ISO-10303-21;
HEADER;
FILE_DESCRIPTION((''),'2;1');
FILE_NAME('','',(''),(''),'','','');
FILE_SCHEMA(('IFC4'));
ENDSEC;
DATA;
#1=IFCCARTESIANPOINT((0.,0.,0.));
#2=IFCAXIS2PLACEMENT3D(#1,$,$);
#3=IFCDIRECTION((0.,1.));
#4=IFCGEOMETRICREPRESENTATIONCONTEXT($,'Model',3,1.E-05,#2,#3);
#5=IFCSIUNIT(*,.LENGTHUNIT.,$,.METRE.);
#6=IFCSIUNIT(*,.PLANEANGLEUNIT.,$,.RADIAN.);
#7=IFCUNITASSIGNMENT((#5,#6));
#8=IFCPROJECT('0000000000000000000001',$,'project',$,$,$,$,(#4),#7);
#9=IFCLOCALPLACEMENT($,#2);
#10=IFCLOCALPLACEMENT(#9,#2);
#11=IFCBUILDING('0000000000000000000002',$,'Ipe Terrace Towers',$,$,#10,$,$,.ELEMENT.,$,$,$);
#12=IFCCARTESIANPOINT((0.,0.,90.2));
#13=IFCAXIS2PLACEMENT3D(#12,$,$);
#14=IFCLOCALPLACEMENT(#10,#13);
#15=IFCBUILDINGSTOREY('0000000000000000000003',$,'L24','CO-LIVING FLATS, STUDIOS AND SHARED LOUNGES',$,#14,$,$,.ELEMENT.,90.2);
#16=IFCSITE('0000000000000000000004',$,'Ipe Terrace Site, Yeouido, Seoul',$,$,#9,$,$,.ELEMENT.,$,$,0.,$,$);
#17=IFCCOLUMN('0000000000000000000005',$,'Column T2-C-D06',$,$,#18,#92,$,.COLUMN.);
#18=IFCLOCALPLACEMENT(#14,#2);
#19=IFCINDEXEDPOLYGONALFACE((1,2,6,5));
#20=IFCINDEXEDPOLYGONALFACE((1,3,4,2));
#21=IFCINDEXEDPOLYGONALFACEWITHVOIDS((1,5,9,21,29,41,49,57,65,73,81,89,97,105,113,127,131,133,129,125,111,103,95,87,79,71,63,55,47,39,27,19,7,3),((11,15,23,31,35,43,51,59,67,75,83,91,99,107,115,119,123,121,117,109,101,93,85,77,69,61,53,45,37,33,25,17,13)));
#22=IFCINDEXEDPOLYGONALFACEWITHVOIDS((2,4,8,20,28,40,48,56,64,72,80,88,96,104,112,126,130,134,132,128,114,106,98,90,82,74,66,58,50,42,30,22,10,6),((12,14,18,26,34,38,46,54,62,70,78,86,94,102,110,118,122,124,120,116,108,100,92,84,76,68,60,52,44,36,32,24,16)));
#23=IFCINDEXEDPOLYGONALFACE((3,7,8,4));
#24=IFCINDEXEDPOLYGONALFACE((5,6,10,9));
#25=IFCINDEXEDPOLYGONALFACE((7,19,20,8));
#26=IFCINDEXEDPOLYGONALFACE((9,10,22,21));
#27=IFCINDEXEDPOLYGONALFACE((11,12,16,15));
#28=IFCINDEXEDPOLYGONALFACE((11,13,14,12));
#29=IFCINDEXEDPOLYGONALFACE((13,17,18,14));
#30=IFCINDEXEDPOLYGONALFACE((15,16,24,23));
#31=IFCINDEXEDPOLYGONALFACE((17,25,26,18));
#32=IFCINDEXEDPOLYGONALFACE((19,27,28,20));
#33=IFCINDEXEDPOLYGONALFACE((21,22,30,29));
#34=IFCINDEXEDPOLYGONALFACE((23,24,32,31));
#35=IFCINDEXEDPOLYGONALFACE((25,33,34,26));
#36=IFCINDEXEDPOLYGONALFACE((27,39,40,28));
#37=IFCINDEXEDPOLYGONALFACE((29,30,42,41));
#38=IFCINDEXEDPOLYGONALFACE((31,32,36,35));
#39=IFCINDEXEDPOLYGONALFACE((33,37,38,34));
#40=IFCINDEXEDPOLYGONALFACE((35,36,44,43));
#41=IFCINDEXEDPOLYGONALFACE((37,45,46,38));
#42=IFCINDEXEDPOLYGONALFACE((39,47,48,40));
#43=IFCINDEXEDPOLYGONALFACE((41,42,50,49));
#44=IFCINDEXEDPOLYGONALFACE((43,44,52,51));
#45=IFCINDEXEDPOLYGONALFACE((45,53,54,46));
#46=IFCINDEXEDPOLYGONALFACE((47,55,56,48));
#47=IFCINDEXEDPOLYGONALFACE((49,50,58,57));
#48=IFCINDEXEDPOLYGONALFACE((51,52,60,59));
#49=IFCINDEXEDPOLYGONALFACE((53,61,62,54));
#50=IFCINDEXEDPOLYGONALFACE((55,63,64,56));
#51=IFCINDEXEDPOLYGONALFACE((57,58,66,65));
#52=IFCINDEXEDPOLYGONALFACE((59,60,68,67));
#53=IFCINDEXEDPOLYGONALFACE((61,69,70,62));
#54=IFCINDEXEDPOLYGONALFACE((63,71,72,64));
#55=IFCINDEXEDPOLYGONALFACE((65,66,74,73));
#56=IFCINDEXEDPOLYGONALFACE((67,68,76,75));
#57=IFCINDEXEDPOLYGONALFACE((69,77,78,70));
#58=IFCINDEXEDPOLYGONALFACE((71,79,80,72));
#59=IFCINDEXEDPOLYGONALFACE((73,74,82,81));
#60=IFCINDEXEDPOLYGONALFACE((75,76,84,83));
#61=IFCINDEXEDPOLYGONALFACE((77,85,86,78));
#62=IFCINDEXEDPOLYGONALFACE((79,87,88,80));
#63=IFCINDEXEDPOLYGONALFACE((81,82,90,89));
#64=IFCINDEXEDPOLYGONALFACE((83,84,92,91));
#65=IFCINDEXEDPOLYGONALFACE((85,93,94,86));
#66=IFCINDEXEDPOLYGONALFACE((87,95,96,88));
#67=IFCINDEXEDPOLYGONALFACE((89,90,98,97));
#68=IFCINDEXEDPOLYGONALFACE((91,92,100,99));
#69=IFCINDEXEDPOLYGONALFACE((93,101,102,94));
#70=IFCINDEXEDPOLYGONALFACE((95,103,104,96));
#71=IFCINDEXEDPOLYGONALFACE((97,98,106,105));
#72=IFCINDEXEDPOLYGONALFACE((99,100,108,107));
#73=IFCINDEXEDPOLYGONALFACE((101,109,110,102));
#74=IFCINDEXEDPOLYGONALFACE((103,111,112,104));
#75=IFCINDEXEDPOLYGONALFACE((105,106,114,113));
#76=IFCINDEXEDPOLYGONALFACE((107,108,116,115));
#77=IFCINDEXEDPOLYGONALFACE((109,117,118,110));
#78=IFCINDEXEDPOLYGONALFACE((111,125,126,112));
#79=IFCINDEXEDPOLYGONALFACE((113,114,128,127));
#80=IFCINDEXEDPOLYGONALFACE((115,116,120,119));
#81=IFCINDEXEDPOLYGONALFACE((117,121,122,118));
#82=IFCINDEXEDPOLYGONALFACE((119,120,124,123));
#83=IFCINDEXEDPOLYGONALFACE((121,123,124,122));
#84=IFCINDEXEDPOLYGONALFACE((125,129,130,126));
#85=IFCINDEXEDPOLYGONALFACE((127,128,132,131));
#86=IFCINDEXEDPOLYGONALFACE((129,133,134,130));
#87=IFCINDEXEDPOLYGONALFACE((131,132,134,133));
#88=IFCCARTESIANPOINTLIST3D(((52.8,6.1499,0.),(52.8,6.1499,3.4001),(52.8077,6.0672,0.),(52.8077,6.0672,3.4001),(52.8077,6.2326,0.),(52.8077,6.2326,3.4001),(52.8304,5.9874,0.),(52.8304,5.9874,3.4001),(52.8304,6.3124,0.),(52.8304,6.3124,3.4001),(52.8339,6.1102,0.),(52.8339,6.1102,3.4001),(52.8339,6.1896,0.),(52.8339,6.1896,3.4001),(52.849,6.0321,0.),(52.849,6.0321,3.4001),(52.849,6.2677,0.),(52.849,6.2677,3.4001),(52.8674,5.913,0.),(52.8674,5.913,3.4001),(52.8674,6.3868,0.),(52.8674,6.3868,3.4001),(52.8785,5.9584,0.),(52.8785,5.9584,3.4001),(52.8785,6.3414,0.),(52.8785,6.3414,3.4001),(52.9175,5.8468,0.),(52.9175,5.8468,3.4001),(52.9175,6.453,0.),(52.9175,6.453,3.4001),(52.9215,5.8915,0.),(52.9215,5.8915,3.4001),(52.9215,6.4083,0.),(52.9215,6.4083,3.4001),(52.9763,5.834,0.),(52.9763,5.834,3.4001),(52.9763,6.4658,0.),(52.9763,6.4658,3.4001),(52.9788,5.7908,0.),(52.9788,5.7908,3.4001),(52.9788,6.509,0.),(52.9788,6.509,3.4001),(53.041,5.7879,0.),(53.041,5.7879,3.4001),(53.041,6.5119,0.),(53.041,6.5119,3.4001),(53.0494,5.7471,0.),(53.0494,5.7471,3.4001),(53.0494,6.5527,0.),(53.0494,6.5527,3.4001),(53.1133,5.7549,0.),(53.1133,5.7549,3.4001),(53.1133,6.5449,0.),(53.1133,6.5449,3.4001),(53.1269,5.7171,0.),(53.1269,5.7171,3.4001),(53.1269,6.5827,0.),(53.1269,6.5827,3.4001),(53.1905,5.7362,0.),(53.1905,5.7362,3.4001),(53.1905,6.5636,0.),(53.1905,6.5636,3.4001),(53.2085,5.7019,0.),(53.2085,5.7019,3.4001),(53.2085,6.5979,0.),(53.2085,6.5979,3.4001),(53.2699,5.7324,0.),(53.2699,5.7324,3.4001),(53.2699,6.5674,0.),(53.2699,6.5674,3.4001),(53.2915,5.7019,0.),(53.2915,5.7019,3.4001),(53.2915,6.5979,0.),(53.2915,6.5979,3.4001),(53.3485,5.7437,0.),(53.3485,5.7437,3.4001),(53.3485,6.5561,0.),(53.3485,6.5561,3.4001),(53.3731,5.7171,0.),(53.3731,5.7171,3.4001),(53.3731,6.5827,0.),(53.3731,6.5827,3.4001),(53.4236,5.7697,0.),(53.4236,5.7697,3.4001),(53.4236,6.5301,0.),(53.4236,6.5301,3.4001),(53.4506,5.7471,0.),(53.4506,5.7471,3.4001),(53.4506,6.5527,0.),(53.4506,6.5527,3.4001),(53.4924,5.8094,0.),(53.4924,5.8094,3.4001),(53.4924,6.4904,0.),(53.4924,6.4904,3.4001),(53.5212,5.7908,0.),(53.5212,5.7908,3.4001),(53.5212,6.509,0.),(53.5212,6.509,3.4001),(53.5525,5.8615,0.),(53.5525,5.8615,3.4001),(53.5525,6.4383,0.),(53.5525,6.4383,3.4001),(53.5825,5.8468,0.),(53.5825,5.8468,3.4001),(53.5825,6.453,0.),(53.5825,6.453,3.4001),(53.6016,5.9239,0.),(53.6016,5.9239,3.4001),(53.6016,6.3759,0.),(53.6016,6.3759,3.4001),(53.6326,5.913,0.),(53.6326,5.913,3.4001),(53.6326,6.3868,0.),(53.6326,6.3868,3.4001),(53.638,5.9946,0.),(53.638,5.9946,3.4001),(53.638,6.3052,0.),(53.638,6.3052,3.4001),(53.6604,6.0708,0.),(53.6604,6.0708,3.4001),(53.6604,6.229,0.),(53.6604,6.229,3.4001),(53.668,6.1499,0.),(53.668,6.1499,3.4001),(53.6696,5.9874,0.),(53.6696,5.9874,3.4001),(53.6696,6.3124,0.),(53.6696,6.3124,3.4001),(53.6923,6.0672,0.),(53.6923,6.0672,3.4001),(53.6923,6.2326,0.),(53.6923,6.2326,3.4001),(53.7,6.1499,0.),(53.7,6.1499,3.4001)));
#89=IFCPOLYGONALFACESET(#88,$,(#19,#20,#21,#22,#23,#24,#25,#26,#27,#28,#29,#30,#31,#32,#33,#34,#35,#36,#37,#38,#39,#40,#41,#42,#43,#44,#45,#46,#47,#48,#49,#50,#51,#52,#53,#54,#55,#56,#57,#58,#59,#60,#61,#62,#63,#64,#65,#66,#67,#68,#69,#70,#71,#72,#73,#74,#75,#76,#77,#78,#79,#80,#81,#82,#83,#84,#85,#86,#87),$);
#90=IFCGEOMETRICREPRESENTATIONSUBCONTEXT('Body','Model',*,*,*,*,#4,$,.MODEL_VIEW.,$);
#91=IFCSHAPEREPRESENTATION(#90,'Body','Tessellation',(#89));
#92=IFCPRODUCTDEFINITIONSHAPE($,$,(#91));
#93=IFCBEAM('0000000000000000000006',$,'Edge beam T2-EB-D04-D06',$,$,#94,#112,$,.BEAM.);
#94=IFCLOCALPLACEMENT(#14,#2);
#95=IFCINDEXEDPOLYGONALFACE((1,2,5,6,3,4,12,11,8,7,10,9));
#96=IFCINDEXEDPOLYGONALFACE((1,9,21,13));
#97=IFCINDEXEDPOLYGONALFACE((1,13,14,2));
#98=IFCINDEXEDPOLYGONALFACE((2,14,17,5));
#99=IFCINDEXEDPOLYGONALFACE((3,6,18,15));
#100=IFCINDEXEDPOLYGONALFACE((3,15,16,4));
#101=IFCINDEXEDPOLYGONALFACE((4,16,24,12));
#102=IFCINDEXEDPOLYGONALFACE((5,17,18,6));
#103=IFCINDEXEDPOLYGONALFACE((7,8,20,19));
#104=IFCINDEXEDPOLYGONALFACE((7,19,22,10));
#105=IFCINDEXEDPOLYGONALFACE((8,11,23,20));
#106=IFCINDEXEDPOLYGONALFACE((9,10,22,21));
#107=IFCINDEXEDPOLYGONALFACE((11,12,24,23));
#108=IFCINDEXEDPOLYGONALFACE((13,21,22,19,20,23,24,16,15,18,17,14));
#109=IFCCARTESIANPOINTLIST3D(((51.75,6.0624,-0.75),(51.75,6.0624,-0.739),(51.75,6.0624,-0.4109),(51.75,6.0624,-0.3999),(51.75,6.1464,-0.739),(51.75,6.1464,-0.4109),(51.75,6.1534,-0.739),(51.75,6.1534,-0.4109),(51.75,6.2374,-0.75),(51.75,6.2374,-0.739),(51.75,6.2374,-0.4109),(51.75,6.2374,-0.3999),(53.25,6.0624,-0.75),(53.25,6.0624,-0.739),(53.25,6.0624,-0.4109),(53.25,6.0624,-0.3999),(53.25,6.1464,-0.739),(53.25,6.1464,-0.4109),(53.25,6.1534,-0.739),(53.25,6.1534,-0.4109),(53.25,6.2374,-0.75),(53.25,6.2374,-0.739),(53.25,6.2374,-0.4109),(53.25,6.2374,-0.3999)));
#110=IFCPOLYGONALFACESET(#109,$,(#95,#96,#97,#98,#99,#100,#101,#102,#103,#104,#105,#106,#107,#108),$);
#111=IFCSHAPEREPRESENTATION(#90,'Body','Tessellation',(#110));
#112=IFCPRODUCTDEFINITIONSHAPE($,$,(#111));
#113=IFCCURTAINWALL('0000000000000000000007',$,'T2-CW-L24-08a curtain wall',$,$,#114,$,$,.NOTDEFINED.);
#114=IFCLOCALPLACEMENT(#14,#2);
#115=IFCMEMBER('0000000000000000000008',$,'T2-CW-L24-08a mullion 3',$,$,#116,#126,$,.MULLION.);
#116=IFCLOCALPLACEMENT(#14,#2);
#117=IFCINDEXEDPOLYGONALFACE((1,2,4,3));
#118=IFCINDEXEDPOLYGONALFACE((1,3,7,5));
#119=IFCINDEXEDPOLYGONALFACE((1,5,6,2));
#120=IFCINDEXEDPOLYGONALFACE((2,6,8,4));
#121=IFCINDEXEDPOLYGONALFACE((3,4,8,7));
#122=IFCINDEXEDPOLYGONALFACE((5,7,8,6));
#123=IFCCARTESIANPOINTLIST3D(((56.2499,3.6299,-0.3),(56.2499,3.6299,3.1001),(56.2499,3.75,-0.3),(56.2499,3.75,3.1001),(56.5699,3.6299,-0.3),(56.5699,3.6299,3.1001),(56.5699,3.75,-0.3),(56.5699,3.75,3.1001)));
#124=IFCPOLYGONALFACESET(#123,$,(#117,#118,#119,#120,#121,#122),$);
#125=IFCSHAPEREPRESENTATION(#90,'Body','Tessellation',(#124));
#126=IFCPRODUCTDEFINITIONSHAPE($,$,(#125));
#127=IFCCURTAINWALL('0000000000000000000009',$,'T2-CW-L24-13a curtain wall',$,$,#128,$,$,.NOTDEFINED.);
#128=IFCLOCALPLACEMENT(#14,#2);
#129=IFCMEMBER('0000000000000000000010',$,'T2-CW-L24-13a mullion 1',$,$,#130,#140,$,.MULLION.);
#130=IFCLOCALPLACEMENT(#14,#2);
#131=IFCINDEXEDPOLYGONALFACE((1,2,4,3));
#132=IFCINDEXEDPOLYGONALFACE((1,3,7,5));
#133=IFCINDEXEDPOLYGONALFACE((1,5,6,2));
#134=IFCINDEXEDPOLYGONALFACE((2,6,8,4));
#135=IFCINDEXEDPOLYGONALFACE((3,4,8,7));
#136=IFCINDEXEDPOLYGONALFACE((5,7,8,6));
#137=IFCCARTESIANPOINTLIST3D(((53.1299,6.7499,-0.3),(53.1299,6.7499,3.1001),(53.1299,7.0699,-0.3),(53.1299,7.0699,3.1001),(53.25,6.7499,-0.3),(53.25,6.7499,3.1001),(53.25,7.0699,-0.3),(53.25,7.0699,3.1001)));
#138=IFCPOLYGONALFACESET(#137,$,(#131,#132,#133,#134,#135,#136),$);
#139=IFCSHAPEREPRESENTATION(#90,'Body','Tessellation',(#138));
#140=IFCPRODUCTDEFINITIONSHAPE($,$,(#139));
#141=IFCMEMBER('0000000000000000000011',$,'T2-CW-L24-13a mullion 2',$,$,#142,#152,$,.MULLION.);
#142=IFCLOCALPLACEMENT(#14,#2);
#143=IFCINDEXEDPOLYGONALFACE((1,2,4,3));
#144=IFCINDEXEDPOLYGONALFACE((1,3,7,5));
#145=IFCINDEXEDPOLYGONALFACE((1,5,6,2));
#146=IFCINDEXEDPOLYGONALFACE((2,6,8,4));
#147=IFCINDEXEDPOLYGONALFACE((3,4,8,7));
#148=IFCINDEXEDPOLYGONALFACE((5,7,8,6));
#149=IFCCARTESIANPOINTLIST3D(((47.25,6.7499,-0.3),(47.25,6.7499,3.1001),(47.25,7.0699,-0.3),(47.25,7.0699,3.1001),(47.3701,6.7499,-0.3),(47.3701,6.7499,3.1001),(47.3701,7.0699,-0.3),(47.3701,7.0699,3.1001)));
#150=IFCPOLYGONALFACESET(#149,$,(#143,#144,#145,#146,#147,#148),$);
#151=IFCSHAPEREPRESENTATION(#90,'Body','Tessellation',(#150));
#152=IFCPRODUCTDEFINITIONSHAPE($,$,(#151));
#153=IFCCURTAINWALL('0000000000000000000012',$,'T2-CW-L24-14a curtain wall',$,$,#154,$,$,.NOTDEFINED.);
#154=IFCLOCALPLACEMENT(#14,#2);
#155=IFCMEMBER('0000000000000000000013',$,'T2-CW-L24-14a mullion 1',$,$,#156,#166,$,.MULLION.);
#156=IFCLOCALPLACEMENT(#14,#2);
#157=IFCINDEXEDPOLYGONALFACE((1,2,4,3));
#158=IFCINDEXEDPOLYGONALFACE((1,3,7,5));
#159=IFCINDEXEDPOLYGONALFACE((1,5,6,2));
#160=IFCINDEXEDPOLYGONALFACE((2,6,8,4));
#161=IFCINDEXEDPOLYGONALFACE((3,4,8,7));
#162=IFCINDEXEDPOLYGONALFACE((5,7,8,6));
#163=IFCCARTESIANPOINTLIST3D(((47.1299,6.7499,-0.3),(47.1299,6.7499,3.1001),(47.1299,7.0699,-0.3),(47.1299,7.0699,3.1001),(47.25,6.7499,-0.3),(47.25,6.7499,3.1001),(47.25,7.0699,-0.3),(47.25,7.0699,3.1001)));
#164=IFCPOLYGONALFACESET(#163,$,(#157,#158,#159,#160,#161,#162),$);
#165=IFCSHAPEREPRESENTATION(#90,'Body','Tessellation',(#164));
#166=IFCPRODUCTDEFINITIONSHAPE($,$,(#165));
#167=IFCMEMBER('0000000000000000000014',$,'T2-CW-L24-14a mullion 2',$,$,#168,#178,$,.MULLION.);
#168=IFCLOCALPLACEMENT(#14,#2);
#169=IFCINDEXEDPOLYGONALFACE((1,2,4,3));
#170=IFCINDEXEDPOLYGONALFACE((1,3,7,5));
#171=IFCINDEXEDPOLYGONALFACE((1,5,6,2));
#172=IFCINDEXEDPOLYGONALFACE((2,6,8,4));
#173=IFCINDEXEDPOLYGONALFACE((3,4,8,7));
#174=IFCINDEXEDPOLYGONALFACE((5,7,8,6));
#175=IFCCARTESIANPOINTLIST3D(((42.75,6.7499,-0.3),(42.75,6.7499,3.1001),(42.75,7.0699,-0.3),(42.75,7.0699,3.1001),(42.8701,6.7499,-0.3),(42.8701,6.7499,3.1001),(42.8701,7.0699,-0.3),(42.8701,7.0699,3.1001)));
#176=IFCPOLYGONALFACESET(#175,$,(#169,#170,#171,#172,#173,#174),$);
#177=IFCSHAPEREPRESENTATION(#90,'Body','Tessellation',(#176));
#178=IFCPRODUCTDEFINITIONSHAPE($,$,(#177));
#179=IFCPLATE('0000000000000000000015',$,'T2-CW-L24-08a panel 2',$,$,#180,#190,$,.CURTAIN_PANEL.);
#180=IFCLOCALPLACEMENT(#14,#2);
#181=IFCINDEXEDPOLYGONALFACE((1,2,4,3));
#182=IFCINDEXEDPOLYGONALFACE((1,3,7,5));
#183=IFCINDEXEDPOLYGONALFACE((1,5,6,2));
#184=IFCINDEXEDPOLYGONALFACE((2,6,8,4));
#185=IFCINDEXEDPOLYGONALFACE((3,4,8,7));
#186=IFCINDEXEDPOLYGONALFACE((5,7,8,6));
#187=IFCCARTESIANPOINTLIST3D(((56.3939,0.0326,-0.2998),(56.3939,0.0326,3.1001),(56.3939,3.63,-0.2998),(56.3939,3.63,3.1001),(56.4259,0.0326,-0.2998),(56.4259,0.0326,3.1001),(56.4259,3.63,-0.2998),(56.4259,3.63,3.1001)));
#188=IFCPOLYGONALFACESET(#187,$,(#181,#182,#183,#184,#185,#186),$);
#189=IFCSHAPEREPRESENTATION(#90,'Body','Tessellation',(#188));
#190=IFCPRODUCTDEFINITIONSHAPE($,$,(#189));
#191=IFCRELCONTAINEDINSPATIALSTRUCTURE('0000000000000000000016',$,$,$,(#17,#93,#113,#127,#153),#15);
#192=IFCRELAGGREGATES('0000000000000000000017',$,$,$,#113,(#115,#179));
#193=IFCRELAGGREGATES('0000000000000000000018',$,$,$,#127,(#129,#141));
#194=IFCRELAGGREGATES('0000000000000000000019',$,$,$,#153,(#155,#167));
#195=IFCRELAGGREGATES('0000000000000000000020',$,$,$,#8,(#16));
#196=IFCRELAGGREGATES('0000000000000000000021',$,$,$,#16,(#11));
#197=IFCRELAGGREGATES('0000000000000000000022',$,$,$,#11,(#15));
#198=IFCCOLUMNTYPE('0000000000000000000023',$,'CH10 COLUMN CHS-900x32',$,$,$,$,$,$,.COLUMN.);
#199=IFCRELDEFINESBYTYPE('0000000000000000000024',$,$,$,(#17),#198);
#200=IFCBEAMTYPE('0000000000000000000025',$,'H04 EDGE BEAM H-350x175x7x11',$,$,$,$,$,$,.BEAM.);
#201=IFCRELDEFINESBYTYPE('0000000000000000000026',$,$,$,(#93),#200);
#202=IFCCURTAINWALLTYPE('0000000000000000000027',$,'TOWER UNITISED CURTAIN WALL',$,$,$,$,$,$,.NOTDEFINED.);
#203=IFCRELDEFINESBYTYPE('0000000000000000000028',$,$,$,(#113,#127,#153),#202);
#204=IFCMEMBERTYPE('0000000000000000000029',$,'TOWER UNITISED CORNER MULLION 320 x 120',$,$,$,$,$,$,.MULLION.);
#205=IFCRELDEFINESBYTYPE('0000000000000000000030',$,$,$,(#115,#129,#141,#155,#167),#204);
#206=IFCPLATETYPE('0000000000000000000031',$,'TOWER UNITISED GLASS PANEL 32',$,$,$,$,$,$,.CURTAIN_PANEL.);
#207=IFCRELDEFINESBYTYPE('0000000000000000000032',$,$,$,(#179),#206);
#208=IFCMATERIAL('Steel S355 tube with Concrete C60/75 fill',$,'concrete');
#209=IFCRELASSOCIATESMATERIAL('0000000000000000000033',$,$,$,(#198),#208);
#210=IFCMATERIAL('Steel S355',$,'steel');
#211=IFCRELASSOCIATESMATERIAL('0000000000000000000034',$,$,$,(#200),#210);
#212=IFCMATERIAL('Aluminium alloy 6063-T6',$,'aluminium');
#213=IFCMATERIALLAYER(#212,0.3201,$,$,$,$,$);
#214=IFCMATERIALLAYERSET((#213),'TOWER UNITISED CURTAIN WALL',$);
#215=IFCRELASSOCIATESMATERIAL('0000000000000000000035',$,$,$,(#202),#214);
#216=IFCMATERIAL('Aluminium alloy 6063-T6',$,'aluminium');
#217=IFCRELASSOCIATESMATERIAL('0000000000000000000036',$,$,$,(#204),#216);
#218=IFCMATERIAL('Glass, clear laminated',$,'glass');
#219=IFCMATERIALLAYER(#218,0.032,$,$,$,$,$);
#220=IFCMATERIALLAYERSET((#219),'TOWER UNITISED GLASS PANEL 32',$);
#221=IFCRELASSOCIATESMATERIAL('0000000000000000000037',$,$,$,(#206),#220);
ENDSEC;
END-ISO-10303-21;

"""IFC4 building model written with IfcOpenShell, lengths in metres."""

from ifc_helpers import new_model, si_unit, direction, frame, origin, origin_2d, place, context, subcontext, project, spatial, rectangle, hollow_circle, i_section, extrude, material, layer, layer_set, material_profile, profile_set, type_object, element, aggregate, save


model = new_model("IFC4")

# Units and contexts
model_context = context("Model", 3, precision=1e-05, world=origin(), true_north=direction((0.0, 1.0)))
body_context = subcontext(model_context, "Body", "Model", "MODEL_VIEW")
ifc_project = project(units=[si_unit("LENGTHUNIT", "METRE"), si_unit("PLANEANGLEUNIT", "RADIAN")], contexts=[model_context])

# Site, building, storey
site_placement = place(None, origin())
site = spatial("IfcSite", under=ifc_project, at=site_placement, Name="Ipe Terrace Site, Yeouido, Seoul", CompositionType="ELEMENT", RefElevation=0.0)
building_placement = place(site_placement, origin())
building = spatial("IfcBuilding", under=site, at=building_placement, Name="Ipe Terrace Towers", CompositionType="ELEMENT")
storey_placement = place(building_placement, frame((0.0, 0.0, 90.2)))
storey = spatial("IfcBuildingStorey", under=building, at=storey_placement, Name="L24", Description="CO-LIVING FLATS, STUDIOS AND SHARED LOUNGES", CompositionType="ELEMENT", Elevation=90.2)

# Column
ifc_material_1 = material(Name="Steel S355 tube with Concrete C60/75 fill", Category="concrete")
ifc_material_profile_1 = material_profile(ifc_material_1, hollow_circle(Radius=0.45, WallThickness=0.032, at=origin_2d()), Name="CHS-900x32")
ifc_profile_set_1 = profile_set([ifc_material_profile_1], Name="Steel S355 tube with Concrete C60/75 fill")
column_type_1 = type_object("IfcColumnType", Name="CH10 COLUMN CHS-900x32", PredefinedType="COLUMN", material=ifc_profile_set_1)
for number, where, z_axis, x_axis, name in (
    (1, (53.25, 6.1499, 0.0), (0.0, 0.0, 1.0), (1.0, 0.0, 0.0), "Column T2-C-D06"),
):
    element("IfcColumn", number, at=place(storey_placement, frame(where, z_axis=z_axis, x_axis=x_axis)), inside=storey, type_object=column_type_1, Name=name, PredefinedType="COLUMN", context=body_context, shape_type="SweptSolid", body=[
        extrude(hollow_circle(Radius=0.45, WallThickness=0.032, at=origin_2d()), origin(), (0.0, 0.0, 1.0), 3.4001),
    ])

# Beam
ifc_material_2 = material(Name="Steel S355", Category="steel")
ifc_material_profile_2 = material_profile(ifc_material_2, i_section(OverallWidth=0.175, OverallDepth=0.3501, WebThickness=0.0071, FlangeThickness=0.011, at=origin_2d()), Name="H-350x175x7x11")
ifc_profile_set_2 = profile_set([ifc_material_profile_2], Name="Steel S355")
beam_type = type_object("IfcBeamType", Name="H04 EDGE BEAM H-350x175x7x11", PredefinedType="BEAM", material=ifc_profile_set_2)
beam_placement = place(storey_placement, frame((51.75, 6.1499, -0.575), z_axis=(1.0, 0.0, 0.0), x_axis=(0.0, 1.0, 0.0)))
element("IfcBeam", 2, at=beam_placement, inside=storey, type_object=beam_type, Name="Edge beam T2-EB-D04-D06", PredefinedType="BEAM", context=body_context, shape_type="SweptSolid", body=[
    extrude(i_section(OverallWidth=0.175, OverallDepth=0.3501, WebThickness=0.0071, FlangeThickness=0.011, at=origin_2d()), origin(), (0.0, 0.0, 1.0), 1.5),
])

# Curtain wall, member
ifc_material_3 = material(Name="Aluminium alloy 6063-T6", Category="aluminium")
ifc_layer_1 = layer(ifc_material_3, 0.3201)
ifc_layer_set_1 = layer_set([ifc_layer_1], Name="TOWER UNITISED CURTAIN WALL")
curtain_wall_type = type_object("IfcCurtainWallType", Name="TOWER UNITISED CURTAIN WALL", PredefinedType="NOTDEFINED", material=ifc_layer_set_1)
curtain_wall_1_placement = place(storey_placement, origin())
curtain_wall_1 = element("IfcCurtainWall", 3, at=curtain_wall_1_placement, inside=storey, type_object=curtain_wall_type, Name="T2-CW-L24-08a curtain wall", PredefinedType="NOTDEFINED")
ifc_material_4 = material(Name="Aluminium alloy 6063-T6", Category="aluminium")
ifc_material_profile_3 = material_profile(ifc_material_4, rectangle(XDim=0.3201, YDim=0.1201, at=origin_2d()), Name="TOWER UNITISED CORNER MULLION 320 x 120")
ifc_profile_set_3 = profile_set([ifc_material_profile_3], Name="Aluminium alloy 6063-T6")
member_type = type_object("IfcMemberType", Name="TOWER UNITISED CORNER MULLION 320 x 120", PredefinedType="MULLION", material=ifc_profile_set_3)
member_1_placement = place(storey_placement, frame((56.4099, 3.6899, -0.3), z_axis=(0.0, 0.0, 1.0), x_axis=(1.0, 0.0, 0.0)))
member_1 = element("IfcMember", 4, at=member_1_placement, type_object=member_type, Name="T2-CW-L24-08a mullion 3", PredefinedType="MULLION", context=body_context, shape_type="SweptSolid", body=[
    extrude(rectangle(XDim=0.3201, YDim=0.1201, at=origin_2d()), origin(), (0.0, 0.0, 1.0), 3.4001),
])

# Curtain walls, members
curtain_wall_2_placement = place(storey_placement, origin())
curtain_wall_2 = element("IfcCurtainWall", 5, at=curtain_wall_2_placement, inside=storey, type_object=curtain_wall_type, Name="T2-CW-L24-13a curtain wall", PredefinedType="NOTDEFINED")
member_2_placement = place(storey_placement, frame((53.1899, 6.9099, -0.3), z_axis=(0.0, 0.0, 1.0), x_axis=(0.0, 1.0, 0.0)))
member_2 = element("IfcMember", 6, at=member_2_placement, type_object=member_type, Name="T2-CW-L24-13a mullion 1", PredefinedType="MULLION", context=body_context, shape_type="SweptSolid", body=[
    extrude(rectangle(XDim=0.3201, YDim=0.1201, at=origin_2d()), origin(), (0.0, 0.0, 1.0), 3.4001),
])
member_3_placement = place(storey_placement, frame((47.3101, 6.9099, -0.3), z_axis=(0.0, 0.0, 1.0), x_axis=(0.0, 1.0, 0.0)))
member_3 = element("IfcMember", 7, at=member_3_placement, type_object=member_type, Name="T2-CW-L24-13a mullion 2", PredefinedType="MULLION", context=body_context, shape_type="SweptSolid", body=[
    extrude(rectangle(XDim=0.3201, YDim=0.1201, at=origin_2d()), origin(), (0.0, 0.0, 1.0), 3.4001),
])
curtain_wall_3_placement = place(storey_placement, origin())
curtain_wall_3 = element("IfcCurtainWall", 8, at=curtain_wall_3_placement, inside=storey, type_object=curtain_wall_type, Name="T2-CW-L24-14a curtain wall", PredefinedType="NOTDEFINED")
member_4_placement = place(storey_placement, frame((47.1899, 6.9099, -0.3), z_axis=(0.0, 0.0, 1.0), x_axis=(0.0, 1.0, 0.0)))
member_4 = element("IfcMember", 9, at=member_4_placement, type_object=member_type, Name="T2-CW-L24-14a mullion 1", PredefinedType="MULLION", context=body_context, shape_type="SweptSolid", body=[
    extrude(rectangle(XDim=0.3201, YDim=0.1201, at=origin_2d()), origin(), (0.0, 0.0, 1.0), 3.4001),
])
member_5_placement = place(storey_placement, frame((42.8101, 6.9099, -0.3), z_axis=(0.0, 0.0, 1.0), x_axis=(0.0, 1.0, 0.0)))
member_5 = element("IfcMember", 10, at=member_5_placement, type_object=member_type, Name="T2-CW-L24-14a mullion 2", PredefinedType="MULLION", context=body_context, shape_type="SweptSolid", body=[
    extrude(rectangle(XDim=0.3201, YDim=0.1201, at=origin_2d()), origin(), (0.0, 0.0, 1.0), 3.4001),
])

# Plate
ifc_material_5 = material(Name="Glass, clear laminated", Category="glass")
ifc_layer_2 = layer(ifc_material_5, 0.032)
ifc_layer_set_2 = layer_set([ifc_layer_2], Name="TOWER UNITISED GLASS PANEL 32")
plate_type = type_object("IfcPlateType", Name="TOWER UNITISED GLASS PANEL 32", PredefinedType="CURTAIN_PANEL", material=ifc_layer_set_2)
plate_1_placement = place(storey_placement, frame((56.4099, 1.8313, -0.2998), z_axis=(0.0, 0.0, 1.0), x_axis=(0.0, 1.0, 0.0)))
plate_1 = element("IfcPlate", 11, at=plate_1_placement, type_object=plate_type, Name="T2-CW-L24-08a panel 2", PredefinedType="CURTAIN_PANEL", context=body_context, shape_type="SweptSolid", body=[
    extrude(rectangle(XDim=3.5974, YDim=0.032, at=origin_2d()), origin(), (0.0, 0.0, 1.0), 3.3999),
])
aggregate(curtain_wall_1, [member_1, plate_1])
aggregate(curtain_wall_2, [member_2, member_3])
aggregate(curtain_wall_3, [member_4, member_5])

save(model, "model.ifc")
